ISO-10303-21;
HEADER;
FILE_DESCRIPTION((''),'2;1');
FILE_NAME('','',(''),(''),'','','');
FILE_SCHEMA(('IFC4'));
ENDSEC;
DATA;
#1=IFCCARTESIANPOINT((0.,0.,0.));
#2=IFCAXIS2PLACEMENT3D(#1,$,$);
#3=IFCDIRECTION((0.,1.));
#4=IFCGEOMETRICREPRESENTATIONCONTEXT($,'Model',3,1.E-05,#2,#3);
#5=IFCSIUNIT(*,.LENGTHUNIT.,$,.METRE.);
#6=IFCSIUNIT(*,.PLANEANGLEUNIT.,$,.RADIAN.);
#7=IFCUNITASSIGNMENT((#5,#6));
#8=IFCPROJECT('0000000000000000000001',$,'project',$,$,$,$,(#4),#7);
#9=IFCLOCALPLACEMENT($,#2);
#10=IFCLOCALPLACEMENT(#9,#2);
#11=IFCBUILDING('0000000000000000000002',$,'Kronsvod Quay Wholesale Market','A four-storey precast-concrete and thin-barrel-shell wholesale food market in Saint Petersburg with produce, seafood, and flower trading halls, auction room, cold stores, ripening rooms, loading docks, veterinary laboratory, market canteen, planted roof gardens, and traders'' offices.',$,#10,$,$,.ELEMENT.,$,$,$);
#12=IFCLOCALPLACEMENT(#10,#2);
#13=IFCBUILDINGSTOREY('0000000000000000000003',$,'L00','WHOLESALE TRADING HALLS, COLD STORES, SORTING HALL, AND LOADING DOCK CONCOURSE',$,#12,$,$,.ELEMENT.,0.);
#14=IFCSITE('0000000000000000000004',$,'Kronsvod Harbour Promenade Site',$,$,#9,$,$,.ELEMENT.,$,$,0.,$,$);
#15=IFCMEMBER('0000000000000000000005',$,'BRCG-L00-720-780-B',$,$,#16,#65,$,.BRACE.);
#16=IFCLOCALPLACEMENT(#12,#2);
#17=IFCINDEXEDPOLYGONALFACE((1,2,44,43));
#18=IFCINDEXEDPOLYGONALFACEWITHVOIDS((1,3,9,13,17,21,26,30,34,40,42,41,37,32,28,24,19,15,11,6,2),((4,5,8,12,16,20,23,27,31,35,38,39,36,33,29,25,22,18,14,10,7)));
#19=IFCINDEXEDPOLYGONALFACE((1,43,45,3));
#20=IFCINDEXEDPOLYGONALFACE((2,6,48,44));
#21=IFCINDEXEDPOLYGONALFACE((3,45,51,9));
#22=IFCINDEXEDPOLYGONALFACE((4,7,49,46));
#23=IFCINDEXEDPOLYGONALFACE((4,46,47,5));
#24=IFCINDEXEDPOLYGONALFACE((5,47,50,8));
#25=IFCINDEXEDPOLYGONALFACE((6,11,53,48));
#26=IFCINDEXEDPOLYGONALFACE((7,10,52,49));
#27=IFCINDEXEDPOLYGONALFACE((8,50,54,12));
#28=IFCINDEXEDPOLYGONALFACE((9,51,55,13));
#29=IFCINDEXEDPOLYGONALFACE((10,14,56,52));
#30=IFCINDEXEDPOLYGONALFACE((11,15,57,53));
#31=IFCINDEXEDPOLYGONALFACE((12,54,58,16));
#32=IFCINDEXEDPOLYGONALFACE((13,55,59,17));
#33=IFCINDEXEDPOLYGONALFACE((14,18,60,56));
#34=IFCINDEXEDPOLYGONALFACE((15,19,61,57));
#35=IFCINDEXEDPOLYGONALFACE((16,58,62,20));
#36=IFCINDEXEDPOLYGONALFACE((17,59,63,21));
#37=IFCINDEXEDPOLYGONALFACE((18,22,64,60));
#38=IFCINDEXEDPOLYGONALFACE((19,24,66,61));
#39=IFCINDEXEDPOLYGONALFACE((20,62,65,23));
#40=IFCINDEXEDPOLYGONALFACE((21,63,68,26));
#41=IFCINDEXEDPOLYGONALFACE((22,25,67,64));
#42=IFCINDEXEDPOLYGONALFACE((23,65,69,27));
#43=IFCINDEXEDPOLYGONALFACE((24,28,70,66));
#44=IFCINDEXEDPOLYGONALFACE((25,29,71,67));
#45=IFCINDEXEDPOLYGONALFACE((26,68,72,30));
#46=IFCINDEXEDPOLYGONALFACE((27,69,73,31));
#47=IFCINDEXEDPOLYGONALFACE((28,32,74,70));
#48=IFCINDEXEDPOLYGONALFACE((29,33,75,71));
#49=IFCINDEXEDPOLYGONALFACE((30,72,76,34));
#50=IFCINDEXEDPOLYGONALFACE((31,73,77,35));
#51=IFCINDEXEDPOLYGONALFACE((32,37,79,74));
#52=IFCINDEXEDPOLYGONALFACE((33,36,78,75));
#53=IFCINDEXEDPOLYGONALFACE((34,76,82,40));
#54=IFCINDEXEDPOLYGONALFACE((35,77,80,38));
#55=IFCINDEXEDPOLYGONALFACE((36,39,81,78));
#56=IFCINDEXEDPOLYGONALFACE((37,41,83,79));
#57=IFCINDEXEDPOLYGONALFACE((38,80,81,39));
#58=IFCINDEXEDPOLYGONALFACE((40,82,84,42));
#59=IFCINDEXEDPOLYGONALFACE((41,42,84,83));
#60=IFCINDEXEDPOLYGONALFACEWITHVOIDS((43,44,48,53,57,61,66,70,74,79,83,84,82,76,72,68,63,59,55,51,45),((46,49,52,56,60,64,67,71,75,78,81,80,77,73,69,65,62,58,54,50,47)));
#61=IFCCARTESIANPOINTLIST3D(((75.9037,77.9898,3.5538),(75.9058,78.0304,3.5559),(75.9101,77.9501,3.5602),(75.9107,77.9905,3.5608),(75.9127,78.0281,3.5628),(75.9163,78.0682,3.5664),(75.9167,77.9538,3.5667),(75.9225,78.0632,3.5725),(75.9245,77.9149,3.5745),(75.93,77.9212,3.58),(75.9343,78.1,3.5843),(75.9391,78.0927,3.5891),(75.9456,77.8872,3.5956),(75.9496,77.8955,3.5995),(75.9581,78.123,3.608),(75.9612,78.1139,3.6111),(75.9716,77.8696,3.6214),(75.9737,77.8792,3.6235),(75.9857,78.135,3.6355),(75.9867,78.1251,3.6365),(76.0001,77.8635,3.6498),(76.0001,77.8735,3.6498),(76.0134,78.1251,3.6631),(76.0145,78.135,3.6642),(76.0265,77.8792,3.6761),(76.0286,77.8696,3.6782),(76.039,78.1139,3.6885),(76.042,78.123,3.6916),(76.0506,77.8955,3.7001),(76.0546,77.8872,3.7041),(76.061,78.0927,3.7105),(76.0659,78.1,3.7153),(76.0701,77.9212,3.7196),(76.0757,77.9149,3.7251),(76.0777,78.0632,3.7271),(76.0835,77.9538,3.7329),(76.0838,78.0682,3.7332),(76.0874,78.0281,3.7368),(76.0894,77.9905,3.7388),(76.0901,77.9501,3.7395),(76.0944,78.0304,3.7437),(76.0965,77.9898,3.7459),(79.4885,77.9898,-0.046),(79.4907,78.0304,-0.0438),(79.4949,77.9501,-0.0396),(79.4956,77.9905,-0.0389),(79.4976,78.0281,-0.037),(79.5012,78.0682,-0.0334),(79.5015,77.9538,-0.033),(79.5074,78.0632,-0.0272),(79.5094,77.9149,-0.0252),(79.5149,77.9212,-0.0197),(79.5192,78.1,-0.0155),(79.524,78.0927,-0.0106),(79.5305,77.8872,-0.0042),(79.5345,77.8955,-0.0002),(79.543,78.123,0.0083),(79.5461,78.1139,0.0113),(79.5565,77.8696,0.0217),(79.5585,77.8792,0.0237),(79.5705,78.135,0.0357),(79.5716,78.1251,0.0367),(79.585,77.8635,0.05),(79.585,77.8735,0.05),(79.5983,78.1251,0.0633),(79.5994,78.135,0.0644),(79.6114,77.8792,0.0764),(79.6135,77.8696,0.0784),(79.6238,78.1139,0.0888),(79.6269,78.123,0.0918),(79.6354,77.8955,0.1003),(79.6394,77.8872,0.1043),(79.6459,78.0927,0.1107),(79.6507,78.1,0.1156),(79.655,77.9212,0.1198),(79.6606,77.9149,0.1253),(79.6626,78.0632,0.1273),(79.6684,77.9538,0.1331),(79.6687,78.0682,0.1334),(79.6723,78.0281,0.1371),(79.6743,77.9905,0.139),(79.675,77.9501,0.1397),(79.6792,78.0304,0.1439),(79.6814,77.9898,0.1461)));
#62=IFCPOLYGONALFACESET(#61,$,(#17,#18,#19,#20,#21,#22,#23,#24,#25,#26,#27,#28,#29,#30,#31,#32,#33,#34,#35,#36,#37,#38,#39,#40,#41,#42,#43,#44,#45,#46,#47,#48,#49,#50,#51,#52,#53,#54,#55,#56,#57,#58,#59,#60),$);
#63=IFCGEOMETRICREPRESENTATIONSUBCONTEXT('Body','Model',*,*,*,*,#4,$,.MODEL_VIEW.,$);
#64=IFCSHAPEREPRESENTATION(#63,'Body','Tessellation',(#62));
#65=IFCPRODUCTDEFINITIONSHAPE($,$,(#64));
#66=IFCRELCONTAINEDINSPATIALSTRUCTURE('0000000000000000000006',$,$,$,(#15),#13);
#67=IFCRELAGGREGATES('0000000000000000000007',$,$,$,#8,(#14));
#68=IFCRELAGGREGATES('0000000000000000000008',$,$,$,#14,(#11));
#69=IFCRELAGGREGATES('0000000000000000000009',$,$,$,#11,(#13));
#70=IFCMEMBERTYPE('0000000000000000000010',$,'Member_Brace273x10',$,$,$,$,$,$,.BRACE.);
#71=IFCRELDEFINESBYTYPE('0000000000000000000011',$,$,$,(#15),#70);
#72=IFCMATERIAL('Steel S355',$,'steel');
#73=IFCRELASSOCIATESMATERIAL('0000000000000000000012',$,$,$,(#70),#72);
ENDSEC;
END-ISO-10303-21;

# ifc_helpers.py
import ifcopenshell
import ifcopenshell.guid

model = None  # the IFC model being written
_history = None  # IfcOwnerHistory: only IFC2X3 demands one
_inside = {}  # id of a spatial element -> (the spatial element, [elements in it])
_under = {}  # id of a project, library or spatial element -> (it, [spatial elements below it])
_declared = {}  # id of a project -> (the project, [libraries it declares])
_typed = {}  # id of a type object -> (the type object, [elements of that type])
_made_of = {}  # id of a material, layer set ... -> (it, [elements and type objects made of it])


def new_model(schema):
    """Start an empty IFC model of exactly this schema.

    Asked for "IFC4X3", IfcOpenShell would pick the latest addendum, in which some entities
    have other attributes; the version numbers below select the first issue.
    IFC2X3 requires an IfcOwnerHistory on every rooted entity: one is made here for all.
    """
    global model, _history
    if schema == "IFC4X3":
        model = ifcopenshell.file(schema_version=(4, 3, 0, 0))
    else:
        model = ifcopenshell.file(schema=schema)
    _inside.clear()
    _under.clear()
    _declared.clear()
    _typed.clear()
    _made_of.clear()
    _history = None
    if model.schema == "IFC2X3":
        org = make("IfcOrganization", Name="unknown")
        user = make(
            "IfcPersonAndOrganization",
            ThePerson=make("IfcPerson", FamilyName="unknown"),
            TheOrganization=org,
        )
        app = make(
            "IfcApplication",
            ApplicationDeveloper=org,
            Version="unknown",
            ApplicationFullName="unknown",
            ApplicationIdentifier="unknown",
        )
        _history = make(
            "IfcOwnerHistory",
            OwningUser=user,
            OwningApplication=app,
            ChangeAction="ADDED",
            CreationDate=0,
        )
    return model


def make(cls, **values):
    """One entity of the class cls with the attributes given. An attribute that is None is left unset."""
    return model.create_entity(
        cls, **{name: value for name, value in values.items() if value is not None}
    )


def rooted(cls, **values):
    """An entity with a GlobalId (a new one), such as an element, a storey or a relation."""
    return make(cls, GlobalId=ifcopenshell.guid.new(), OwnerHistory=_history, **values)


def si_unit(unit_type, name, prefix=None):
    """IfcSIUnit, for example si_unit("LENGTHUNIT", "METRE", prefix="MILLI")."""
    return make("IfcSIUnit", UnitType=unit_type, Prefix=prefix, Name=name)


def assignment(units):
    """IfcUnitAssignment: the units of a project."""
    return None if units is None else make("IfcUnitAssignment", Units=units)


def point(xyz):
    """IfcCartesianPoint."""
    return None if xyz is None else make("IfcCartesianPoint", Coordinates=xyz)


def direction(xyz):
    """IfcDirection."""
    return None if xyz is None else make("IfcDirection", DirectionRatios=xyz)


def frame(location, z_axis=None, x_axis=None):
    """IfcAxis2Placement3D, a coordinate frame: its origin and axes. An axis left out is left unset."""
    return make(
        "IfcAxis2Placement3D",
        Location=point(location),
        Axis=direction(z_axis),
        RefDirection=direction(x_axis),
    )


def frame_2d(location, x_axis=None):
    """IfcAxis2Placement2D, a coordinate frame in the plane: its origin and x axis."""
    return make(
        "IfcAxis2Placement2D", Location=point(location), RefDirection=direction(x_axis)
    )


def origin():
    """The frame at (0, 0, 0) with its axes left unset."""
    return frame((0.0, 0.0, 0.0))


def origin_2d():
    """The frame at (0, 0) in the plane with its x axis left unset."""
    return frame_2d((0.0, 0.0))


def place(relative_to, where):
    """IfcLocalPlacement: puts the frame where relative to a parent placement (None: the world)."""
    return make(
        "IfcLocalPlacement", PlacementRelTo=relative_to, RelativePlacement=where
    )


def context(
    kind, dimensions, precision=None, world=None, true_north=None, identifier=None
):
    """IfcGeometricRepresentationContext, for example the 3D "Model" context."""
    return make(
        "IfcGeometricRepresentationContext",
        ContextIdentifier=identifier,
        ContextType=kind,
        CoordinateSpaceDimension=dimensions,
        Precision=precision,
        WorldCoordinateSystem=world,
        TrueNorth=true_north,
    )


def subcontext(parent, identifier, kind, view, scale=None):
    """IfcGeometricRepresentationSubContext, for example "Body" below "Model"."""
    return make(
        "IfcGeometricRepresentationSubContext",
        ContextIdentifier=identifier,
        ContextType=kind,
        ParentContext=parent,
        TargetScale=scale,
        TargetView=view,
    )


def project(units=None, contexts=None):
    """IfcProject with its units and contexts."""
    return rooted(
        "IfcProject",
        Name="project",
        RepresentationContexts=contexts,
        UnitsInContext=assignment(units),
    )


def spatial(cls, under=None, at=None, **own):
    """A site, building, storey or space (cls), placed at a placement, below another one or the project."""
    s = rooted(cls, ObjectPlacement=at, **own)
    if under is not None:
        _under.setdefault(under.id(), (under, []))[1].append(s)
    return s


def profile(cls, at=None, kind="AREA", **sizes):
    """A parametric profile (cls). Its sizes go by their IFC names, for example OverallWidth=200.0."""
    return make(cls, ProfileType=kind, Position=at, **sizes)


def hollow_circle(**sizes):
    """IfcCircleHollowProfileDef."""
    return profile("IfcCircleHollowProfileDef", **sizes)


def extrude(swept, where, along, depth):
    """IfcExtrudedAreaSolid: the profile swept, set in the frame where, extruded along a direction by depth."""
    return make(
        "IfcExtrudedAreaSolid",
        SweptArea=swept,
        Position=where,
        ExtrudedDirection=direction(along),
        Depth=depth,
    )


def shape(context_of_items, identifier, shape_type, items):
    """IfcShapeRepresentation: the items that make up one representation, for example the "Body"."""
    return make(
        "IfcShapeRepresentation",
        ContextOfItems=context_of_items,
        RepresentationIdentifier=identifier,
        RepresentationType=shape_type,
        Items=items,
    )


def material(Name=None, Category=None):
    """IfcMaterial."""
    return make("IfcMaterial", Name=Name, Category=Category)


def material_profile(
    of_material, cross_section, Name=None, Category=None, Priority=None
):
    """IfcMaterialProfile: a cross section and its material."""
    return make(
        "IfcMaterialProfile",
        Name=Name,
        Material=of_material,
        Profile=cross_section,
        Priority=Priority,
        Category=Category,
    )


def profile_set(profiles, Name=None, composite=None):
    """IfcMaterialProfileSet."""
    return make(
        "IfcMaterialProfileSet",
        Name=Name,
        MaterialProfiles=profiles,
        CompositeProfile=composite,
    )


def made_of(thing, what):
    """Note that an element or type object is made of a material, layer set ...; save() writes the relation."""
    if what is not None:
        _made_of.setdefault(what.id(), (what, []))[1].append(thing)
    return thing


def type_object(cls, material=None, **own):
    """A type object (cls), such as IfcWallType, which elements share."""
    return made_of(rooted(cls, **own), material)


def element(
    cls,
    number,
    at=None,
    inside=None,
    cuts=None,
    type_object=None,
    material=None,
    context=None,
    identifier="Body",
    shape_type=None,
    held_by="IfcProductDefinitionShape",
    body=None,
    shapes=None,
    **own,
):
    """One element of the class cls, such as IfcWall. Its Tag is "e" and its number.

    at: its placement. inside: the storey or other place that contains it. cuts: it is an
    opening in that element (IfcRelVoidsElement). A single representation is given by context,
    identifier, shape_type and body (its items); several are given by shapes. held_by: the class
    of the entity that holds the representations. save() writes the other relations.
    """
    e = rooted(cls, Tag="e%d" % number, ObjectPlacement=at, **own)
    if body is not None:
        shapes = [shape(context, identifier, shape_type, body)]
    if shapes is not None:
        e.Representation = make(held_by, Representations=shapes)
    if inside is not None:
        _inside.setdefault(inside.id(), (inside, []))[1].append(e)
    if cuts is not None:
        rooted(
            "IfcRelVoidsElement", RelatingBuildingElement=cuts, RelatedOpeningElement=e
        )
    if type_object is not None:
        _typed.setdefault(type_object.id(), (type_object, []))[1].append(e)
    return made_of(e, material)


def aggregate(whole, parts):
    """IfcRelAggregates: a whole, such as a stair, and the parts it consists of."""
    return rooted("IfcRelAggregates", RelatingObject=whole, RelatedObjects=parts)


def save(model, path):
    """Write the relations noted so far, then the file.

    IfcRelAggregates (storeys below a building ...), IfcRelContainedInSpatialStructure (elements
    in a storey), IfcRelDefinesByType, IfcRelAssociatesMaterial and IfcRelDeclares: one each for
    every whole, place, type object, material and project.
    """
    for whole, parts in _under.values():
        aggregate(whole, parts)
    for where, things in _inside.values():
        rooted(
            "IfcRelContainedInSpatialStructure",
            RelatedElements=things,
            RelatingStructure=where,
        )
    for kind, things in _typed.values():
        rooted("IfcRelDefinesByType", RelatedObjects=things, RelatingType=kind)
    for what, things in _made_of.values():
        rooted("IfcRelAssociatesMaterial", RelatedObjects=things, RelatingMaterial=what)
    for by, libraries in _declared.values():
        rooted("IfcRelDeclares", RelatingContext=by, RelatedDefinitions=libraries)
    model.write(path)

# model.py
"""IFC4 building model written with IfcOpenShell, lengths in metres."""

from ifc_helpers import new_model, si_unit, direction, frame, origin, origin_2d, place, context, subcontext, project, spatial, hollow_circle, extrude, material, material_profile, profile_set, type_object, element, save


model = new_model("IFC4")

# Units and contexts
model_context = context("Model", 3, precision=1e-05, world=origin(), true_north=direction((0.0, 1.0)))
body_context = subcontext(model_context, "Body", "Model", "MODEL_VIEW")
ifc_project = project(units=[si_unit("LENGTHUNIT", "METRE"), si_unit("PLANEANGLEUNIT", "RADIAN")], contexts=[model_context])

# Site, building, storey
site_placement = place(None, origin())
site = spatial("IfcSite", under=ifc_project, at=site_placement, Name="Kronsvod Harbour Promenade Site", CompositionType="ELEMENT", RefElevation=0.0)
building_placement = place(site_placement, origin())
building = spatial("IfcBuilding", under=site, at=building_placement, Name="Kronsvod Quay Wholesale Market", Description="A four-storey precast-concrete and thin-barrel-shell wholesale food market in Saint Petersburg with produce, seafood, and flower trading halls, auction room, cold stores, ripening rooms, loading docks, veterinary laboratory, market canteen, planted roof gardens, and traders' offices.", CompositionType="ELEMENT")
storey_placement = place(building_placement, origin())
storey = spatial("IfcBuildingStorey", under=building, at=storey_placement, Name="L00", Description="WHOLESALE TRADING HALLS, COLD STORES, SORTING HALL, AND LOADING DOCK CONCOURSE", CompositionType="ELEMENT", Elevation=0.0)

# Member
ifc_material_1 = material(Name="Steel S355", Category="steel")
ifc_material_profile_1 = material_profile(ifc_material_1, hollow_circle(Radius=0.1365, WallThickness=0.01, at=origin_2d()), Name="CHS273x10")
ifc_profile_set_1 = profile_set([ifc_material_profile_1], Name="Steel S355")
member_type = type_object("IfcMemberType", Name="Member_Brace273x10", PredefinedType="BRACE", material=ifc_profile_set_1)
for number, where, z_axis, x_axis, name in (
    (1, (79.585, 78.0, 0.05), (-0.70564, 0.0, 0.708571), (0.0, -1.0, 0.0), "BRCG-L00-720-780-B"),
):
    element("IfcMember", number, at=place(storey_placement, frame(where, z_axis=z_axis, x_axis=x_axis)), inside=storey, type_object=member_type, Name=name, PredefinedType="BRACE", context=body_context, shape_type="SweptSolid", body=[
        extrude(hollow_circle(Radius=0.1365, WallThickness=0.01, at=origin_2d()), origin(), (0.0, 0.0, 1.0), 5.0803),
    ])

save(model, "model.ifc")
